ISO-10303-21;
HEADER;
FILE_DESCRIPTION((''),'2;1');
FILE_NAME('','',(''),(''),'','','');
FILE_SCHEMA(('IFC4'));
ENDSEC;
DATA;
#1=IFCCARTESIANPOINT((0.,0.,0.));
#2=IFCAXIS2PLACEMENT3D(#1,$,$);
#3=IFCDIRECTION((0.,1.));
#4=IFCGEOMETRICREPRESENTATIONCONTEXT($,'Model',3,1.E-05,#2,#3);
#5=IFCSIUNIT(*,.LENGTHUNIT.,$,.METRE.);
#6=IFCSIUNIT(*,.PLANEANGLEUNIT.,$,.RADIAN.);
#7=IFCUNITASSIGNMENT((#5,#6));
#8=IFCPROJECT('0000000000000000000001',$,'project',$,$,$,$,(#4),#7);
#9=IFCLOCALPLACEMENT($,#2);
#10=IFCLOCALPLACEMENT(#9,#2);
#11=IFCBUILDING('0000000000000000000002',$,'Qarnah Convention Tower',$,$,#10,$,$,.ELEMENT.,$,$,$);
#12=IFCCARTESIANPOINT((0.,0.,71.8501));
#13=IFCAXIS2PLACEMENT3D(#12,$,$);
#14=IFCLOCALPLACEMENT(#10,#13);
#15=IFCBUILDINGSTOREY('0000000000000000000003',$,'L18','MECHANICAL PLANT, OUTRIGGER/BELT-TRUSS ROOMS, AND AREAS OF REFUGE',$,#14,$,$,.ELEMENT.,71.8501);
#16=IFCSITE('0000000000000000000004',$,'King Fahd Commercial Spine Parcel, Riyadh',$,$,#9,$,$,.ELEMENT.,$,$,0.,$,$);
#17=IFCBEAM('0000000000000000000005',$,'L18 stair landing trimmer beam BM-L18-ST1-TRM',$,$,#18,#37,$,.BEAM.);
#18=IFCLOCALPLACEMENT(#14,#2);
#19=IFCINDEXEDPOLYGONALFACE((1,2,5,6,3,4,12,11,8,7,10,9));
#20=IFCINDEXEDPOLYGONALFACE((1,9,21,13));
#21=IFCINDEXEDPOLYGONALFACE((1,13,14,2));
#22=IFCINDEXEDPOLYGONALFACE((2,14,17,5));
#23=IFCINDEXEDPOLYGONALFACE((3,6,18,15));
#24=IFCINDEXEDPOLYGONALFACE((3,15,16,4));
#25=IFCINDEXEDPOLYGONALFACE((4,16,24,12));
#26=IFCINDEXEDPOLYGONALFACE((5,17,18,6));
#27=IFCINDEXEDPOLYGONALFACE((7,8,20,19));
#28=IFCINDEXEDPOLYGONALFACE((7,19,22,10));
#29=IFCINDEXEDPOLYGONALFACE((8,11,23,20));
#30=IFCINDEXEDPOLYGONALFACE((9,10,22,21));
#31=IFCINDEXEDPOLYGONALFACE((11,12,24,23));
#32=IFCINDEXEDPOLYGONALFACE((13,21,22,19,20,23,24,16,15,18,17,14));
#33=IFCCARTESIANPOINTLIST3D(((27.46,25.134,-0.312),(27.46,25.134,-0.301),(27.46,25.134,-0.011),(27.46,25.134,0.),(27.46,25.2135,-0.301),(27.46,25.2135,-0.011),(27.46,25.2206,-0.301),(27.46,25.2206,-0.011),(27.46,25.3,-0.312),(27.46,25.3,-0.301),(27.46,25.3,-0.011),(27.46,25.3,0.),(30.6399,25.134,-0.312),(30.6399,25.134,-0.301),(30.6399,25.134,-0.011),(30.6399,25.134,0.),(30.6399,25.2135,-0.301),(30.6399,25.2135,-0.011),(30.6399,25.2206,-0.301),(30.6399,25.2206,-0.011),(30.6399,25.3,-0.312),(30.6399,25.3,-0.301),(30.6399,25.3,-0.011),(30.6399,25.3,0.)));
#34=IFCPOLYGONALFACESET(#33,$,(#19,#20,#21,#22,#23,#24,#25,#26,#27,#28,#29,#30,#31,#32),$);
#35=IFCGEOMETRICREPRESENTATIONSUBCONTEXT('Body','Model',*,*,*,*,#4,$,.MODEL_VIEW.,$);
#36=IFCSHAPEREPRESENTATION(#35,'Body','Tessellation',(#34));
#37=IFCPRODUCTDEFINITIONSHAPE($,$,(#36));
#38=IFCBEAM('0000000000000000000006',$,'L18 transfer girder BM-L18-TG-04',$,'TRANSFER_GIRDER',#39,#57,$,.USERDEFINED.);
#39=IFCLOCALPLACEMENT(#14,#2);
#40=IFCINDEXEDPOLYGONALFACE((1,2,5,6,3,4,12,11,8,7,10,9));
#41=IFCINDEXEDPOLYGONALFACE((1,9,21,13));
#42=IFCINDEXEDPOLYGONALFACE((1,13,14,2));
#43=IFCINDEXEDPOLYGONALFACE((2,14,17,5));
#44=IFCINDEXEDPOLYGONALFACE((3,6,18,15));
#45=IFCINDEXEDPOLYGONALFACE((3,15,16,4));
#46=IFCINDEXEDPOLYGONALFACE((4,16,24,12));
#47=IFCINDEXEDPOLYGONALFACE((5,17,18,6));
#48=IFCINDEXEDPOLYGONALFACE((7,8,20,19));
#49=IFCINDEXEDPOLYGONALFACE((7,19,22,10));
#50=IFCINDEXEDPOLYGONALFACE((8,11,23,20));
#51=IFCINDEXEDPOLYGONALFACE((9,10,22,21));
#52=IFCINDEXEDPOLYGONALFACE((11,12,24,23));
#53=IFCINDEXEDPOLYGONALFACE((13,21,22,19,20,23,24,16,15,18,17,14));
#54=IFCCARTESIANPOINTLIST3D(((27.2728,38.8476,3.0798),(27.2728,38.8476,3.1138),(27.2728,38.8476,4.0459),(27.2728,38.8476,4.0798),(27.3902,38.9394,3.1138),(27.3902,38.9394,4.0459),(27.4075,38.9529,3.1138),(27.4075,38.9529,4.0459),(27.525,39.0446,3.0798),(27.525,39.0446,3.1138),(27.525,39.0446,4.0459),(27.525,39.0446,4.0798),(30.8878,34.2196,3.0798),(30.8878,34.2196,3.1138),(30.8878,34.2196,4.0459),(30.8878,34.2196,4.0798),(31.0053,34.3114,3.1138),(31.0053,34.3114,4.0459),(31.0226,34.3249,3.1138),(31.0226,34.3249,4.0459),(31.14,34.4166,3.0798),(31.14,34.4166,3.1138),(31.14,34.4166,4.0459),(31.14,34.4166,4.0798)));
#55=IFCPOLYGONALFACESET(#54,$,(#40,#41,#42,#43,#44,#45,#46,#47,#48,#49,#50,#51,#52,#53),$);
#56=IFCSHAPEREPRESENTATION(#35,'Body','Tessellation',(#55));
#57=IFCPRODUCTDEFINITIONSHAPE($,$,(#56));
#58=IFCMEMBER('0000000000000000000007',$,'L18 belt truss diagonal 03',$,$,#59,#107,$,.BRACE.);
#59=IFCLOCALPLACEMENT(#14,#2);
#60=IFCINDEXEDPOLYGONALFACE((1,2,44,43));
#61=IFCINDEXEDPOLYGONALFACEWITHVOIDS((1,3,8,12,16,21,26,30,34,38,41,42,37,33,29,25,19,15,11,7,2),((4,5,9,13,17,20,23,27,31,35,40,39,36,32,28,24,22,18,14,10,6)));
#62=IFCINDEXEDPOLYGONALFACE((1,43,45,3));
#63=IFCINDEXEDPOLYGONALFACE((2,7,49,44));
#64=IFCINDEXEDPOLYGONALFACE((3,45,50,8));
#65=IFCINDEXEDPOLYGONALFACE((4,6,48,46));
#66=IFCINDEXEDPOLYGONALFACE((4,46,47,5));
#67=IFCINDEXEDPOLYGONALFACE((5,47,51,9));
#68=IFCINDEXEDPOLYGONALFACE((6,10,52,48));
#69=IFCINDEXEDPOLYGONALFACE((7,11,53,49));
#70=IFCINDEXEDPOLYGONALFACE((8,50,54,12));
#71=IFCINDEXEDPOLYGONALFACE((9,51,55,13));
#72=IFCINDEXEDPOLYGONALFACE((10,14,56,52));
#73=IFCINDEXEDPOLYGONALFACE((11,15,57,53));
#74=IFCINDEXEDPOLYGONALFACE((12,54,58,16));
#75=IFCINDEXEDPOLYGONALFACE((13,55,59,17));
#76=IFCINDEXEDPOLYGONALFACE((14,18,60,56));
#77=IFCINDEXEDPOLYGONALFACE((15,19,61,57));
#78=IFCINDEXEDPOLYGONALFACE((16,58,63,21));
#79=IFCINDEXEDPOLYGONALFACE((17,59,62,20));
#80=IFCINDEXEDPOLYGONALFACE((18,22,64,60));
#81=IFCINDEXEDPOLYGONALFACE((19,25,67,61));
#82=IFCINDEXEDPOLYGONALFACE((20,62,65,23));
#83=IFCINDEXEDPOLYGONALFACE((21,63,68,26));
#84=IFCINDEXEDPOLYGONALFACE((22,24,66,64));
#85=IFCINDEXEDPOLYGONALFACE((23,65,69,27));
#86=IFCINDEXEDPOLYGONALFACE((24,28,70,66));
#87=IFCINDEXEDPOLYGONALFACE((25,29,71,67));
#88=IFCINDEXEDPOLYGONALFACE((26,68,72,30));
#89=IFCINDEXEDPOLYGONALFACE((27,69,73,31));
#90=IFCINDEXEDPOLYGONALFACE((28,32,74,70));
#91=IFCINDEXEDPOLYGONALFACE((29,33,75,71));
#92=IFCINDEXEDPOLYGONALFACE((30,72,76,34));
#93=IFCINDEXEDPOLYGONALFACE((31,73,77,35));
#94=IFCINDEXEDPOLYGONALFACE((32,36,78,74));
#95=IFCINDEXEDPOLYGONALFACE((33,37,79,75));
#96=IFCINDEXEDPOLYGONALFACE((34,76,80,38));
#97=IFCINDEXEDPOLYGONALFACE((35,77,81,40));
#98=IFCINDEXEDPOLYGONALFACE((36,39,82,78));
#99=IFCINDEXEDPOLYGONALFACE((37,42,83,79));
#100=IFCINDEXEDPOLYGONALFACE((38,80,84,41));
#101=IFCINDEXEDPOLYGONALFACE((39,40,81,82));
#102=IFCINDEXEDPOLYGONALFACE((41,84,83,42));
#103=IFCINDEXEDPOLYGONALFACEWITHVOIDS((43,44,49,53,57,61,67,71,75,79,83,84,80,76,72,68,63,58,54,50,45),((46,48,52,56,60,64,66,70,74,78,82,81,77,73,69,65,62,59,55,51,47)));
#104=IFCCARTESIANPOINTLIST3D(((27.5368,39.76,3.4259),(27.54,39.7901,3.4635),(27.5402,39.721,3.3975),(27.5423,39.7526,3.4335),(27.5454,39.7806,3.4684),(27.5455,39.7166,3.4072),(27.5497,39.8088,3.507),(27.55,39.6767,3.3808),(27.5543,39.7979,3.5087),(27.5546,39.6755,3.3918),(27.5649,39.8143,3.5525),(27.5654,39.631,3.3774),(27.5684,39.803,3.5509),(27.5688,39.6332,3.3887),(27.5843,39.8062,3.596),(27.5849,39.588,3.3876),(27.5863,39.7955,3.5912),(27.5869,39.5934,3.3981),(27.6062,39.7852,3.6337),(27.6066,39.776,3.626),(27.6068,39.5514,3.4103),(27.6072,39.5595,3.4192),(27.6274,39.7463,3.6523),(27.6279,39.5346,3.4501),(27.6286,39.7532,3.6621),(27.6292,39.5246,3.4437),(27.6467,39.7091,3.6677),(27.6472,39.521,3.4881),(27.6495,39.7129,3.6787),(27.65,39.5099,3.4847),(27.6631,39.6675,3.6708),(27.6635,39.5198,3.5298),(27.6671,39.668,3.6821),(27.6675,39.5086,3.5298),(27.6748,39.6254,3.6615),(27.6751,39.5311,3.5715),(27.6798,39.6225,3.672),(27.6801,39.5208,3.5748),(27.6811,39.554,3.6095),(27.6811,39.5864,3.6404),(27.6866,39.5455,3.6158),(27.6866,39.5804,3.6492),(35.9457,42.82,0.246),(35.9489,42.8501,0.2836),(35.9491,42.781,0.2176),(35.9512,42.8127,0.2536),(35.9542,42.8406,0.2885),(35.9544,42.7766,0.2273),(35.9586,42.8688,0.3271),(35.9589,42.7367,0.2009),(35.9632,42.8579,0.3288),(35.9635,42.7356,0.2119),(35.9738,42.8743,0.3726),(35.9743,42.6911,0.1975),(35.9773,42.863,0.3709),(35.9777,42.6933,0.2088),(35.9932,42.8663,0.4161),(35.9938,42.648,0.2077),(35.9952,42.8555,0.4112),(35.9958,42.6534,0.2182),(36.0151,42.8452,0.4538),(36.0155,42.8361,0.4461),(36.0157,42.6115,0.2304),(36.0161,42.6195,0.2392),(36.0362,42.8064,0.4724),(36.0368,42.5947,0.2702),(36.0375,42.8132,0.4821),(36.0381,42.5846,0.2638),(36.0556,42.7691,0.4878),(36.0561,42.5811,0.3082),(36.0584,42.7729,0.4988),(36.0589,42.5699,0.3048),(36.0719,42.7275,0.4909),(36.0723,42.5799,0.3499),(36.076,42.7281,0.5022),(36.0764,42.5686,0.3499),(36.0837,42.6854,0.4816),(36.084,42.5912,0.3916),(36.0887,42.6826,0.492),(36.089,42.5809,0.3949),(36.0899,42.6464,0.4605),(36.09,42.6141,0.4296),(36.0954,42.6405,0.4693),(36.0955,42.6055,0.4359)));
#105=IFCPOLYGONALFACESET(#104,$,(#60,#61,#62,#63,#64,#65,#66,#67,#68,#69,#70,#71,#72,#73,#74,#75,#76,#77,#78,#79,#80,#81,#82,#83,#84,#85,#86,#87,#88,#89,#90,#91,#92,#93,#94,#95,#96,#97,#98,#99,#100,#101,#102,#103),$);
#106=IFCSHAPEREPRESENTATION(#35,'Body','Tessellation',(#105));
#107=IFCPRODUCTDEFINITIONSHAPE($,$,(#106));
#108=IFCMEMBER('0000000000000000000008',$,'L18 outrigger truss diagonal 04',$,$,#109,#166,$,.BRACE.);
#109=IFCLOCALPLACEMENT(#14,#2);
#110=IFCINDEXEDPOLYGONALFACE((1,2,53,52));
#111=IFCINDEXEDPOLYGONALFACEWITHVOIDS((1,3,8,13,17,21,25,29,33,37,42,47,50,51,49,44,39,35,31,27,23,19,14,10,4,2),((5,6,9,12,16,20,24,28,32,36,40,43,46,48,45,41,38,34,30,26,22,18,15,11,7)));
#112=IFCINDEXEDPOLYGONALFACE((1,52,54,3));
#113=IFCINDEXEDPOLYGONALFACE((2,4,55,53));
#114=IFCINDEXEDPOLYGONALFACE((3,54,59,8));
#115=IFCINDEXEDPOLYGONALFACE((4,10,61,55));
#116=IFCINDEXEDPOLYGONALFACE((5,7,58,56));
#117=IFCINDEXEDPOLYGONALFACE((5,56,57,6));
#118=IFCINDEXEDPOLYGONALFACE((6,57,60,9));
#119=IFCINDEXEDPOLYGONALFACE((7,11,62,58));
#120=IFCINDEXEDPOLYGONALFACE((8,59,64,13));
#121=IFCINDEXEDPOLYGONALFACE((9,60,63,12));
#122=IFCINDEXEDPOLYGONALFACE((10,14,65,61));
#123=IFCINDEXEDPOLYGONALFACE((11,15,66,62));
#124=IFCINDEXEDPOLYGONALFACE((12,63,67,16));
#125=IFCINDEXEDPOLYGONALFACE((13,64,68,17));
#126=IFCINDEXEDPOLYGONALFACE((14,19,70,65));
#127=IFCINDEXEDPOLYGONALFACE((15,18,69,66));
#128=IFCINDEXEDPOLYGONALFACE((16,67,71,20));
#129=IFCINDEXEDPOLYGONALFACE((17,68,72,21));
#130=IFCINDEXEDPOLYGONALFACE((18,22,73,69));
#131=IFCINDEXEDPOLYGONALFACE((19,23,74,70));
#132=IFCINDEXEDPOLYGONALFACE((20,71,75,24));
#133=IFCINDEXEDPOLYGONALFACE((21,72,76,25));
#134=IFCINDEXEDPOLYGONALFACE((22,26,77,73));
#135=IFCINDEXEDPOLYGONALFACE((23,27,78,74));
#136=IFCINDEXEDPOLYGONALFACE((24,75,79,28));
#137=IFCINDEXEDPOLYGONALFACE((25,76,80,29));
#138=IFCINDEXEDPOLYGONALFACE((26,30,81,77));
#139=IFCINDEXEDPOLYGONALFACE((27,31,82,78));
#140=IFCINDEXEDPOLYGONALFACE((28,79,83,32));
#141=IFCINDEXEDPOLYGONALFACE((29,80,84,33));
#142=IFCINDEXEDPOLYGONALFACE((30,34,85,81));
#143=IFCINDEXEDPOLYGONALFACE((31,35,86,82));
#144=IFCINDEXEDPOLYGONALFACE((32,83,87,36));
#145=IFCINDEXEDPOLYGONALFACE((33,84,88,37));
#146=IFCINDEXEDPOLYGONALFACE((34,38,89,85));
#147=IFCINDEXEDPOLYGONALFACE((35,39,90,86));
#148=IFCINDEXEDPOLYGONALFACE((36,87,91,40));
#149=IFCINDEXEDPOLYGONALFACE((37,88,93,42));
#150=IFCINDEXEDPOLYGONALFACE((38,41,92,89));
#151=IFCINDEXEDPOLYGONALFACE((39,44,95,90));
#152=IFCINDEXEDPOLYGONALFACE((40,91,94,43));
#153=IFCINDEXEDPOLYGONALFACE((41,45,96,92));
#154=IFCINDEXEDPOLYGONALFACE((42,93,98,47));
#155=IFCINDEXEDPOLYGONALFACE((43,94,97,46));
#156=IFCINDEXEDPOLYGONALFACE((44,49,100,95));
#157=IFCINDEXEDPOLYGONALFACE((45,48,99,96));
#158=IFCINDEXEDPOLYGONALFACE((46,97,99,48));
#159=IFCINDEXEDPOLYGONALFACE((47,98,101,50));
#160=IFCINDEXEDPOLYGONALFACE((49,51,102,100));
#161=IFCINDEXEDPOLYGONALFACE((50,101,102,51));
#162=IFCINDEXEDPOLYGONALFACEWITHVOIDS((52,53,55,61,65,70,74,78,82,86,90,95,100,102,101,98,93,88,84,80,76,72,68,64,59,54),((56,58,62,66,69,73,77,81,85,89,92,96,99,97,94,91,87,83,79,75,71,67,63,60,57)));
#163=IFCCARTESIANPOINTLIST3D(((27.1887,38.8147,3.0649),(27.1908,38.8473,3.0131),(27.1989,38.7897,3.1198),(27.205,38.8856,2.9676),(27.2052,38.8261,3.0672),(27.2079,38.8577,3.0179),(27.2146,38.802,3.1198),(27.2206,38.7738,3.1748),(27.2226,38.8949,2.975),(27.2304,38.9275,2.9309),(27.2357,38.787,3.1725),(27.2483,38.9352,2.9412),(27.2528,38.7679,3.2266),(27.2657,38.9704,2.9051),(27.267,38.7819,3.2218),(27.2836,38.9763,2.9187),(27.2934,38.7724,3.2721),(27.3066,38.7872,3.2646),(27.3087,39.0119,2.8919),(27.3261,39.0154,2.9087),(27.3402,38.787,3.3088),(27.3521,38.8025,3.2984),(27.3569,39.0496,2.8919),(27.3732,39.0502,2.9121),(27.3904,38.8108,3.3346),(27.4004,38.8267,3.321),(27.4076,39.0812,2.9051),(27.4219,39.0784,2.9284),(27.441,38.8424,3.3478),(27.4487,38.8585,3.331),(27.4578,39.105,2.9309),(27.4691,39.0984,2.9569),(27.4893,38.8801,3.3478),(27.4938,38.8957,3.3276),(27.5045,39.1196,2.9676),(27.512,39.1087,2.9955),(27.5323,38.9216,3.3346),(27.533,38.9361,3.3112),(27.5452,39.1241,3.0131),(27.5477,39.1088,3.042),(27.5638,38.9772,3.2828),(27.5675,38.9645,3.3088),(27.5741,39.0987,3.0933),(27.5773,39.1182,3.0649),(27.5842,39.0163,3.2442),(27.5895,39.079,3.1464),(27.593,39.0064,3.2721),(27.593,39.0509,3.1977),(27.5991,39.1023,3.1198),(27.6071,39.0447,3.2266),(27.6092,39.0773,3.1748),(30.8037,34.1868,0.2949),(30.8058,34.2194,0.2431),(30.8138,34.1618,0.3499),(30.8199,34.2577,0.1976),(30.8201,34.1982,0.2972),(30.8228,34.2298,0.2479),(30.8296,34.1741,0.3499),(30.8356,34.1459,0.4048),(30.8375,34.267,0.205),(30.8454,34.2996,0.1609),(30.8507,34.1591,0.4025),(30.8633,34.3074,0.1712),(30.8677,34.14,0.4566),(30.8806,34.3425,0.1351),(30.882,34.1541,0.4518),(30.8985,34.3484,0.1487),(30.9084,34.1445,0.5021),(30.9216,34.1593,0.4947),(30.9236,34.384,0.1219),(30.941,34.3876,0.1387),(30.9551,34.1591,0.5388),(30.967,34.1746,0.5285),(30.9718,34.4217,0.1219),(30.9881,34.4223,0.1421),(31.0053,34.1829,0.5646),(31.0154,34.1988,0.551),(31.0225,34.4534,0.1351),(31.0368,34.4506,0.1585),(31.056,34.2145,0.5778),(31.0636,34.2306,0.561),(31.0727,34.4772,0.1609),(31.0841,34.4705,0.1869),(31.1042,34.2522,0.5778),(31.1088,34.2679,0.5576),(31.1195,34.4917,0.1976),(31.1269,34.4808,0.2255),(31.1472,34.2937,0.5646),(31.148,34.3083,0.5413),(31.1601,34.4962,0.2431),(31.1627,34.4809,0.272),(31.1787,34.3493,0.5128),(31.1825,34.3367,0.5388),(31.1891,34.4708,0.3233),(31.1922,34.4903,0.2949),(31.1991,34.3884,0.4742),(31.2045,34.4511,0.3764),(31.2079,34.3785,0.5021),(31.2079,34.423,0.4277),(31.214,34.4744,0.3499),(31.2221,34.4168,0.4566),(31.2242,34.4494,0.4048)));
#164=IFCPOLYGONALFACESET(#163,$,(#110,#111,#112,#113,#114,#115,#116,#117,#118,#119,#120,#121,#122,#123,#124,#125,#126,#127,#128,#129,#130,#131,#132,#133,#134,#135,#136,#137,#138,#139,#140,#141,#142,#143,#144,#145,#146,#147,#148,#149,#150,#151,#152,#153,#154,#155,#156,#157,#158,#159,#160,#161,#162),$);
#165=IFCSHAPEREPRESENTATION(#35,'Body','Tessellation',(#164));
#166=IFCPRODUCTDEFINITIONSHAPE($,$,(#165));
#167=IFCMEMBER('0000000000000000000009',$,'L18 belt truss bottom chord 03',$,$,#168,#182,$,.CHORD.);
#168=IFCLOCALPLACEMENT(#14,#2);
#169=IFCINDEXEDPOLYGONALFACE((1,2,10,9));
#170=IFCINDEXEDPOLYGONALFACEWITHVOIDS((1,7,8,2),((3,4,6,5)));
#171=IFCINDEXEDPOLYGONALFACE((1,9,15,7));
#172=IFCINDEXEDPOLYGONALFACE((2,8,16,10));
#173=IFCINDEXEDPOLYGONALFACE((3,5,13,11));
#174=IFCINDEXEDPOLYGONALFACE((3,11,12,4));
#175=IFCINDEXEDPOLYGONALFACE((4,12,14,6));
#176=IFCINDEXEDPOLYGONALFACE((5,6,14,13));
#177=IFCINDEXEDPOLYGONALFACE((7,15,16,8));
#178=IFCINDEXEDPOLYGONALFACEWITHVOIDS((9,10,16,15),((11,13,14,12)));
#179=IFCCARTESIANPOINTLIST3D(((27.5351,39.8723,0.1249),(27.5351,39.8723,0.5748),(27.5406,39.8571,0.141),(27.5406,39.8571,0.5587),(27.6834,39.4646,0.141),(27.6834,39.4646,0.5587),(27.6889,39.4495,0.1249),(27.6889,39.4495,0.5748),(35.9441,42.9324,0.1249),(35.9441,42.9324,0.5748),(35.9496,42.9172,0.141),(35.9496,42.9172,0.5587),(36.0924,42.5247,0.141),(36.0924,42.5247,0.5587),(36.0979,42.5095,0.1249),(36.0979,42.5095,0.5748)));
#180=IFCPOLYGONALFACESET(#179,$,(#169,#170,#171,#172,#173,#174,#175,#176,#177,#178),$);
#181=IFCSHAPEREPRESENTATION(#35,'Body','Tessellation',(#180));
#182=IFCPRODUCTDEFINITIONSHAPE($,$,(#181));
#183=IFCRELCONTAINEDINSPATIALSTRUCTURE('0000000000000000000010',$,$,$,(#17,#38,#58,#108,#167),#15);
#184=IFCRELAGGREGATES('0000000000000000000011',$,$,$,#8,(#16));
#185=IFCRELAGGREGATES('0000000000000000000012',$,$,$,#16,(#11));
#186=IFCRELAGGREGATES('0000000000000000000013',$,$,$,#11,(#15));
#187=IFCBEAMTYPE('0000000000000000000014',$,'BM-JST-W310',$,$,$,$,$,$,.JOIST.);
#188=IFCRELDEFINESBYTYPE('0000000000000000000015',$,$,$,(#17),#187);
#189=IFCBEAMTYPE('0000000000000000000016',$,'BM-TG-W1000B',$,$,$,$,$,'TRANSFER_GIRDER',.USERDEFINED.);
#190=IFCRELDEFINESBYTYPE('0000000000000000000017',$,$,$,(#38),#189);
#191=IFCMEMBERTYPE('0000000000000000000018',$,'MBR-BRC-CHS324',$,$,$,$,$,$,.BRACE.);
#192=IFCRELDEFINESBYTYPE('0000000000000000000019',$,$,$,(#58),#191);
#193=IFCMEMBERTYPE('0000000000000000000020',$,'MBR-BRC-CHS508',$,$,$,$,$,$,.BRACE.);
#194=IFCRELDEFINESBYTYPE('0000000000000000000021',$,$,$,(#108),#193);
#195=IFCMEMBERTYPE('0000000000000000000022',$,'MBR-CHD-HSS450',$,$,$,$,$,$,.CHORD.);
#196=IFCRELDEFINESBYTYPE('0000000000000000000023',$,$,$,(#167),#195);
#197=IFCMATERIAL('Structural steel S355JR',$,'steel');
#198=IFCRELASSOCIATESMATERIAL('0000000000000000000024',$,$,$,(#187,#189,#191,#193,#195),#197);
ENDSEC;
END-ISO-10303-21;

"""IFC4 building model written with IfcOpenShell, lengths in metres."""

from ifc_helpers import new_model, si_unit, direction, frame, origin, origin_2d, place, context, subcontext, project, spatial, hollow_rectangle, hollow_circle, i_section, extrude, material, material_profile, profile_set, type_object, element, save


model = new_model("IFC4")

# Units and contexts
model_context = context("Model", 3, precision=1e-05, world=origin(), true_north=direction((0.0, 1.0)))
body_context = subcontext(model_context, "Body", "Model", "MODEL_VIEW")
ifc_project = project(units=[si_unit("LENGTHUNIT", "METRE"), si_unit("PLANEANGLEUNIT", "RADIAN")], contexts=[model_context])

# Site, building, storey
site_placement = place(None, origin())
site = spatial("IfcSite", under=ifc_project, at=site_placement, Name="King Fahd Commercial Spine Parcel, Riyadh", CompositionType="ELEMENT", RefElevation=0.0)
building_placement = place(site_placement, origin())
building = spatial("IfcBuilding", under=site, at=building_placement, Name="Qarnah Convention Tower", CompositionType="ELEMENT")
storey_placement = place(building_placement, frame((0.0, 0.0, 71.8501)))
storey = spatial("IfcBuildingStorey", under=building, at=storey_placement, Name="L18", Description="MECHANICAL PLANT, OUTRIGGER/BELT-TRUSS ROOMS, AND AREAS OF REFUGE", CompositionType="ELEMENT", Elevation=71.8501)

# Beams
ifc_material_1 = material(Name="Structural steel S355JR", Category="steel")
ifc_material_profile_1 = material_profile(ifc_material_1, i_section(OverallWidth=0.166, OverallDepth=0.312, WebThickness=0.0071, FlangeThickness=0.011, at=origin_2d()), Name="W310X45")
ifc_profile_set_1 = profile_set([ifc_material_profile_1], Name="Structural steel S355JR")
beam_type_1 = type_object("IfcBeamType", Name="BM-JST-W310", PredefinedType="JOIST", material=ifc_profile_set_1)
beam_1_placement = place(storey_placement, frame((27.46, 25.217, -0.156), z_axis=(1.0, 0.0, 0.0), x_axis=(0.0, 1.0, 0.0)))
element("IfcBeam", 1, at=beam_1_placement, inside=storey, type_object=beam_type_1, Name="L18 stair landing trimmer beam BM-L18-ST1-TRM", PredefinedType="BEAM", context=body_context, shape_type="SweptSolid", body=[
    extrude(i_section(OverallWidth=0.166, OverallDepth=0.312, WebThickness=0.0071, FlangeThickness=0.011, at=origin_2d()), origin(), (0.0, 0.0, 1.0), 3.1799),
])
ifc_material_profile_2 = material_profile(ifc_material_1, i_section(OverallWidth=0.3201, OverallDepth=1.0, WebThickness=0.022, FlangeThickness=0.0339, at=origin_2d()), Name="W1000X371")
ifc_profile_set_2 = profile_set([ifc_material_profile_2], Name="Structural steel S355JR")
beam_type_2 = type_object("IfcBeamType", Name="BM-TG-W1000B", ElementType="TRANSFER_GIRDER", PredefinedType="USERDEFINED", material=ifc_profile_set_2)
beam_2_placement = place(storey_placement, frame((31.0139, 34.3181, 3.5798), z_axis=(-0.615583, 0.788072, 0.0), x_axis=(-0.788072, -0.615583, 0.0)))
element("IfcBeam", 2, at=beam_2_placement, inside=storey, type_object=beam_type_2, Name="L18 transfer girder BM-L18-TG-04", ObjectType="TRANSFER_GIRDER", PredefinedType="USERDEFINED", context=body_context, shape_type="SweptSolid", body=[
    extrude(i_section(OverallWidth=0.3201, OverallDepth=1.0, WebThickness=0.022, FlangeThickness=0.0339, at=origin_2d()), origin(), (0.0, 0.0, 1.0), 5.8726),
])

# Members
ifc_material_profile_3 = material_profile(ifc_material_1, hollow_circle(Radius=0.1621, WallThickness=0.012, at=origin_2d()), Name="CHS324X12")
ifc_profile_set_3 = profile_set([ifc_material_profile_3], Name="Structural steel S355JR")
member_type_1 = type_object("IfcMemberType", Name="MBR-BRC-CHS324", PredefinedType="BRACE", material=ifc_profile_set_3)
member_1_placement = place(storey_placement, frame((36.021, 42.7209, 0.3499), z_axis=(-0.885465, -0.322225, 0.334848), x_axis=(0.341966, -0.939712, 0.0)))
element("IfcMember", 3, at=member_1_placement, inside=storey, type_object=member_type_1, Name="L18 belt truss diagonal 03", PredefinedType="BRACE", context=body_context, shape_type="SweptSolid", body=[
    extrude(hollow_circle(Radius=0.1621, WallThickness=0.012, at=origin_2d()), origin(), (0.0, 0.0, 1.0), 9.4966),
])
ifc_material_profile_4 = material_profile(ifc_material_1, hollow_circle(Radius=0.2539, WallThickness=0.02, at=origin_2d()), Name="CHS508X20")
ifc_profile_set_4 = profile_set([ifc_material_profile_4], Name="Structural steel S355JR")
member_type_2 = type_object("IfcMemberType", Name="MBR-BRC-CHS508", PredefinedType="BRACE", material=ifc_profile_set_4)
member_2_placement = place(storey_placement, frame((31.0139, 34.3181, 0.3499), z_axis=(-0.556753, 0.712758, 0.426617), x_axis=(-0.788072, -0.615583, 0.0)))
element("IfcMember", 4, at=member_2_placement, inside=storey, type_object=member_type_2, Name="L18 outrigger truss diagonal 04", PredefinedType="BRACE", context=body_context, shape_type="SweptSolid", body=[
    extrude(hollow_circle(Radius=0.2539, WallThickness=0.02, at=origin_2d()), origin(), (0.0, 0.0, 1.0), 6.4929),
])
ifc_material_profile_5 = material_profile(ifc_material_1, hollow_rectangle(XDim=0.45, YDim=0.45, WallThickness=0.0161, at=origin_2d()), Name="HSS450X450X16")
ifc_profile_set_5 = profile_set([ifc_material_profile_5], Name="Structural steel S355JR")
member_type_3 = type_object("IfcMemberType", Name="MBR-CHD-HSS450", PredefinedType="CHORD", material=ifc_profile_set_5)
member_3_placement = place(storey_placement, frame((36.021, 42.7209, 0.3499), z_axis=(-0.939712, -0.341966, 0.0), x_axis=(0.341966, -0.939712, 0.0)))
element("IfcMember", 5, at=member_3_placement, inside=storey, type_object=member_type_3, Name="L18 belt truss bottom chord 03", PredefinedType="CHORD", context=body_context, shape_type="SweptSolid", body=[
    extrude(hollow_rectangle(XDim=0.45, YDim=0.45, WallThickness=0.0161, at=origin_2d()), origin(), (0.0, 0.0, 1.0), 8.9485),
])

save(model, "model.ifc")
